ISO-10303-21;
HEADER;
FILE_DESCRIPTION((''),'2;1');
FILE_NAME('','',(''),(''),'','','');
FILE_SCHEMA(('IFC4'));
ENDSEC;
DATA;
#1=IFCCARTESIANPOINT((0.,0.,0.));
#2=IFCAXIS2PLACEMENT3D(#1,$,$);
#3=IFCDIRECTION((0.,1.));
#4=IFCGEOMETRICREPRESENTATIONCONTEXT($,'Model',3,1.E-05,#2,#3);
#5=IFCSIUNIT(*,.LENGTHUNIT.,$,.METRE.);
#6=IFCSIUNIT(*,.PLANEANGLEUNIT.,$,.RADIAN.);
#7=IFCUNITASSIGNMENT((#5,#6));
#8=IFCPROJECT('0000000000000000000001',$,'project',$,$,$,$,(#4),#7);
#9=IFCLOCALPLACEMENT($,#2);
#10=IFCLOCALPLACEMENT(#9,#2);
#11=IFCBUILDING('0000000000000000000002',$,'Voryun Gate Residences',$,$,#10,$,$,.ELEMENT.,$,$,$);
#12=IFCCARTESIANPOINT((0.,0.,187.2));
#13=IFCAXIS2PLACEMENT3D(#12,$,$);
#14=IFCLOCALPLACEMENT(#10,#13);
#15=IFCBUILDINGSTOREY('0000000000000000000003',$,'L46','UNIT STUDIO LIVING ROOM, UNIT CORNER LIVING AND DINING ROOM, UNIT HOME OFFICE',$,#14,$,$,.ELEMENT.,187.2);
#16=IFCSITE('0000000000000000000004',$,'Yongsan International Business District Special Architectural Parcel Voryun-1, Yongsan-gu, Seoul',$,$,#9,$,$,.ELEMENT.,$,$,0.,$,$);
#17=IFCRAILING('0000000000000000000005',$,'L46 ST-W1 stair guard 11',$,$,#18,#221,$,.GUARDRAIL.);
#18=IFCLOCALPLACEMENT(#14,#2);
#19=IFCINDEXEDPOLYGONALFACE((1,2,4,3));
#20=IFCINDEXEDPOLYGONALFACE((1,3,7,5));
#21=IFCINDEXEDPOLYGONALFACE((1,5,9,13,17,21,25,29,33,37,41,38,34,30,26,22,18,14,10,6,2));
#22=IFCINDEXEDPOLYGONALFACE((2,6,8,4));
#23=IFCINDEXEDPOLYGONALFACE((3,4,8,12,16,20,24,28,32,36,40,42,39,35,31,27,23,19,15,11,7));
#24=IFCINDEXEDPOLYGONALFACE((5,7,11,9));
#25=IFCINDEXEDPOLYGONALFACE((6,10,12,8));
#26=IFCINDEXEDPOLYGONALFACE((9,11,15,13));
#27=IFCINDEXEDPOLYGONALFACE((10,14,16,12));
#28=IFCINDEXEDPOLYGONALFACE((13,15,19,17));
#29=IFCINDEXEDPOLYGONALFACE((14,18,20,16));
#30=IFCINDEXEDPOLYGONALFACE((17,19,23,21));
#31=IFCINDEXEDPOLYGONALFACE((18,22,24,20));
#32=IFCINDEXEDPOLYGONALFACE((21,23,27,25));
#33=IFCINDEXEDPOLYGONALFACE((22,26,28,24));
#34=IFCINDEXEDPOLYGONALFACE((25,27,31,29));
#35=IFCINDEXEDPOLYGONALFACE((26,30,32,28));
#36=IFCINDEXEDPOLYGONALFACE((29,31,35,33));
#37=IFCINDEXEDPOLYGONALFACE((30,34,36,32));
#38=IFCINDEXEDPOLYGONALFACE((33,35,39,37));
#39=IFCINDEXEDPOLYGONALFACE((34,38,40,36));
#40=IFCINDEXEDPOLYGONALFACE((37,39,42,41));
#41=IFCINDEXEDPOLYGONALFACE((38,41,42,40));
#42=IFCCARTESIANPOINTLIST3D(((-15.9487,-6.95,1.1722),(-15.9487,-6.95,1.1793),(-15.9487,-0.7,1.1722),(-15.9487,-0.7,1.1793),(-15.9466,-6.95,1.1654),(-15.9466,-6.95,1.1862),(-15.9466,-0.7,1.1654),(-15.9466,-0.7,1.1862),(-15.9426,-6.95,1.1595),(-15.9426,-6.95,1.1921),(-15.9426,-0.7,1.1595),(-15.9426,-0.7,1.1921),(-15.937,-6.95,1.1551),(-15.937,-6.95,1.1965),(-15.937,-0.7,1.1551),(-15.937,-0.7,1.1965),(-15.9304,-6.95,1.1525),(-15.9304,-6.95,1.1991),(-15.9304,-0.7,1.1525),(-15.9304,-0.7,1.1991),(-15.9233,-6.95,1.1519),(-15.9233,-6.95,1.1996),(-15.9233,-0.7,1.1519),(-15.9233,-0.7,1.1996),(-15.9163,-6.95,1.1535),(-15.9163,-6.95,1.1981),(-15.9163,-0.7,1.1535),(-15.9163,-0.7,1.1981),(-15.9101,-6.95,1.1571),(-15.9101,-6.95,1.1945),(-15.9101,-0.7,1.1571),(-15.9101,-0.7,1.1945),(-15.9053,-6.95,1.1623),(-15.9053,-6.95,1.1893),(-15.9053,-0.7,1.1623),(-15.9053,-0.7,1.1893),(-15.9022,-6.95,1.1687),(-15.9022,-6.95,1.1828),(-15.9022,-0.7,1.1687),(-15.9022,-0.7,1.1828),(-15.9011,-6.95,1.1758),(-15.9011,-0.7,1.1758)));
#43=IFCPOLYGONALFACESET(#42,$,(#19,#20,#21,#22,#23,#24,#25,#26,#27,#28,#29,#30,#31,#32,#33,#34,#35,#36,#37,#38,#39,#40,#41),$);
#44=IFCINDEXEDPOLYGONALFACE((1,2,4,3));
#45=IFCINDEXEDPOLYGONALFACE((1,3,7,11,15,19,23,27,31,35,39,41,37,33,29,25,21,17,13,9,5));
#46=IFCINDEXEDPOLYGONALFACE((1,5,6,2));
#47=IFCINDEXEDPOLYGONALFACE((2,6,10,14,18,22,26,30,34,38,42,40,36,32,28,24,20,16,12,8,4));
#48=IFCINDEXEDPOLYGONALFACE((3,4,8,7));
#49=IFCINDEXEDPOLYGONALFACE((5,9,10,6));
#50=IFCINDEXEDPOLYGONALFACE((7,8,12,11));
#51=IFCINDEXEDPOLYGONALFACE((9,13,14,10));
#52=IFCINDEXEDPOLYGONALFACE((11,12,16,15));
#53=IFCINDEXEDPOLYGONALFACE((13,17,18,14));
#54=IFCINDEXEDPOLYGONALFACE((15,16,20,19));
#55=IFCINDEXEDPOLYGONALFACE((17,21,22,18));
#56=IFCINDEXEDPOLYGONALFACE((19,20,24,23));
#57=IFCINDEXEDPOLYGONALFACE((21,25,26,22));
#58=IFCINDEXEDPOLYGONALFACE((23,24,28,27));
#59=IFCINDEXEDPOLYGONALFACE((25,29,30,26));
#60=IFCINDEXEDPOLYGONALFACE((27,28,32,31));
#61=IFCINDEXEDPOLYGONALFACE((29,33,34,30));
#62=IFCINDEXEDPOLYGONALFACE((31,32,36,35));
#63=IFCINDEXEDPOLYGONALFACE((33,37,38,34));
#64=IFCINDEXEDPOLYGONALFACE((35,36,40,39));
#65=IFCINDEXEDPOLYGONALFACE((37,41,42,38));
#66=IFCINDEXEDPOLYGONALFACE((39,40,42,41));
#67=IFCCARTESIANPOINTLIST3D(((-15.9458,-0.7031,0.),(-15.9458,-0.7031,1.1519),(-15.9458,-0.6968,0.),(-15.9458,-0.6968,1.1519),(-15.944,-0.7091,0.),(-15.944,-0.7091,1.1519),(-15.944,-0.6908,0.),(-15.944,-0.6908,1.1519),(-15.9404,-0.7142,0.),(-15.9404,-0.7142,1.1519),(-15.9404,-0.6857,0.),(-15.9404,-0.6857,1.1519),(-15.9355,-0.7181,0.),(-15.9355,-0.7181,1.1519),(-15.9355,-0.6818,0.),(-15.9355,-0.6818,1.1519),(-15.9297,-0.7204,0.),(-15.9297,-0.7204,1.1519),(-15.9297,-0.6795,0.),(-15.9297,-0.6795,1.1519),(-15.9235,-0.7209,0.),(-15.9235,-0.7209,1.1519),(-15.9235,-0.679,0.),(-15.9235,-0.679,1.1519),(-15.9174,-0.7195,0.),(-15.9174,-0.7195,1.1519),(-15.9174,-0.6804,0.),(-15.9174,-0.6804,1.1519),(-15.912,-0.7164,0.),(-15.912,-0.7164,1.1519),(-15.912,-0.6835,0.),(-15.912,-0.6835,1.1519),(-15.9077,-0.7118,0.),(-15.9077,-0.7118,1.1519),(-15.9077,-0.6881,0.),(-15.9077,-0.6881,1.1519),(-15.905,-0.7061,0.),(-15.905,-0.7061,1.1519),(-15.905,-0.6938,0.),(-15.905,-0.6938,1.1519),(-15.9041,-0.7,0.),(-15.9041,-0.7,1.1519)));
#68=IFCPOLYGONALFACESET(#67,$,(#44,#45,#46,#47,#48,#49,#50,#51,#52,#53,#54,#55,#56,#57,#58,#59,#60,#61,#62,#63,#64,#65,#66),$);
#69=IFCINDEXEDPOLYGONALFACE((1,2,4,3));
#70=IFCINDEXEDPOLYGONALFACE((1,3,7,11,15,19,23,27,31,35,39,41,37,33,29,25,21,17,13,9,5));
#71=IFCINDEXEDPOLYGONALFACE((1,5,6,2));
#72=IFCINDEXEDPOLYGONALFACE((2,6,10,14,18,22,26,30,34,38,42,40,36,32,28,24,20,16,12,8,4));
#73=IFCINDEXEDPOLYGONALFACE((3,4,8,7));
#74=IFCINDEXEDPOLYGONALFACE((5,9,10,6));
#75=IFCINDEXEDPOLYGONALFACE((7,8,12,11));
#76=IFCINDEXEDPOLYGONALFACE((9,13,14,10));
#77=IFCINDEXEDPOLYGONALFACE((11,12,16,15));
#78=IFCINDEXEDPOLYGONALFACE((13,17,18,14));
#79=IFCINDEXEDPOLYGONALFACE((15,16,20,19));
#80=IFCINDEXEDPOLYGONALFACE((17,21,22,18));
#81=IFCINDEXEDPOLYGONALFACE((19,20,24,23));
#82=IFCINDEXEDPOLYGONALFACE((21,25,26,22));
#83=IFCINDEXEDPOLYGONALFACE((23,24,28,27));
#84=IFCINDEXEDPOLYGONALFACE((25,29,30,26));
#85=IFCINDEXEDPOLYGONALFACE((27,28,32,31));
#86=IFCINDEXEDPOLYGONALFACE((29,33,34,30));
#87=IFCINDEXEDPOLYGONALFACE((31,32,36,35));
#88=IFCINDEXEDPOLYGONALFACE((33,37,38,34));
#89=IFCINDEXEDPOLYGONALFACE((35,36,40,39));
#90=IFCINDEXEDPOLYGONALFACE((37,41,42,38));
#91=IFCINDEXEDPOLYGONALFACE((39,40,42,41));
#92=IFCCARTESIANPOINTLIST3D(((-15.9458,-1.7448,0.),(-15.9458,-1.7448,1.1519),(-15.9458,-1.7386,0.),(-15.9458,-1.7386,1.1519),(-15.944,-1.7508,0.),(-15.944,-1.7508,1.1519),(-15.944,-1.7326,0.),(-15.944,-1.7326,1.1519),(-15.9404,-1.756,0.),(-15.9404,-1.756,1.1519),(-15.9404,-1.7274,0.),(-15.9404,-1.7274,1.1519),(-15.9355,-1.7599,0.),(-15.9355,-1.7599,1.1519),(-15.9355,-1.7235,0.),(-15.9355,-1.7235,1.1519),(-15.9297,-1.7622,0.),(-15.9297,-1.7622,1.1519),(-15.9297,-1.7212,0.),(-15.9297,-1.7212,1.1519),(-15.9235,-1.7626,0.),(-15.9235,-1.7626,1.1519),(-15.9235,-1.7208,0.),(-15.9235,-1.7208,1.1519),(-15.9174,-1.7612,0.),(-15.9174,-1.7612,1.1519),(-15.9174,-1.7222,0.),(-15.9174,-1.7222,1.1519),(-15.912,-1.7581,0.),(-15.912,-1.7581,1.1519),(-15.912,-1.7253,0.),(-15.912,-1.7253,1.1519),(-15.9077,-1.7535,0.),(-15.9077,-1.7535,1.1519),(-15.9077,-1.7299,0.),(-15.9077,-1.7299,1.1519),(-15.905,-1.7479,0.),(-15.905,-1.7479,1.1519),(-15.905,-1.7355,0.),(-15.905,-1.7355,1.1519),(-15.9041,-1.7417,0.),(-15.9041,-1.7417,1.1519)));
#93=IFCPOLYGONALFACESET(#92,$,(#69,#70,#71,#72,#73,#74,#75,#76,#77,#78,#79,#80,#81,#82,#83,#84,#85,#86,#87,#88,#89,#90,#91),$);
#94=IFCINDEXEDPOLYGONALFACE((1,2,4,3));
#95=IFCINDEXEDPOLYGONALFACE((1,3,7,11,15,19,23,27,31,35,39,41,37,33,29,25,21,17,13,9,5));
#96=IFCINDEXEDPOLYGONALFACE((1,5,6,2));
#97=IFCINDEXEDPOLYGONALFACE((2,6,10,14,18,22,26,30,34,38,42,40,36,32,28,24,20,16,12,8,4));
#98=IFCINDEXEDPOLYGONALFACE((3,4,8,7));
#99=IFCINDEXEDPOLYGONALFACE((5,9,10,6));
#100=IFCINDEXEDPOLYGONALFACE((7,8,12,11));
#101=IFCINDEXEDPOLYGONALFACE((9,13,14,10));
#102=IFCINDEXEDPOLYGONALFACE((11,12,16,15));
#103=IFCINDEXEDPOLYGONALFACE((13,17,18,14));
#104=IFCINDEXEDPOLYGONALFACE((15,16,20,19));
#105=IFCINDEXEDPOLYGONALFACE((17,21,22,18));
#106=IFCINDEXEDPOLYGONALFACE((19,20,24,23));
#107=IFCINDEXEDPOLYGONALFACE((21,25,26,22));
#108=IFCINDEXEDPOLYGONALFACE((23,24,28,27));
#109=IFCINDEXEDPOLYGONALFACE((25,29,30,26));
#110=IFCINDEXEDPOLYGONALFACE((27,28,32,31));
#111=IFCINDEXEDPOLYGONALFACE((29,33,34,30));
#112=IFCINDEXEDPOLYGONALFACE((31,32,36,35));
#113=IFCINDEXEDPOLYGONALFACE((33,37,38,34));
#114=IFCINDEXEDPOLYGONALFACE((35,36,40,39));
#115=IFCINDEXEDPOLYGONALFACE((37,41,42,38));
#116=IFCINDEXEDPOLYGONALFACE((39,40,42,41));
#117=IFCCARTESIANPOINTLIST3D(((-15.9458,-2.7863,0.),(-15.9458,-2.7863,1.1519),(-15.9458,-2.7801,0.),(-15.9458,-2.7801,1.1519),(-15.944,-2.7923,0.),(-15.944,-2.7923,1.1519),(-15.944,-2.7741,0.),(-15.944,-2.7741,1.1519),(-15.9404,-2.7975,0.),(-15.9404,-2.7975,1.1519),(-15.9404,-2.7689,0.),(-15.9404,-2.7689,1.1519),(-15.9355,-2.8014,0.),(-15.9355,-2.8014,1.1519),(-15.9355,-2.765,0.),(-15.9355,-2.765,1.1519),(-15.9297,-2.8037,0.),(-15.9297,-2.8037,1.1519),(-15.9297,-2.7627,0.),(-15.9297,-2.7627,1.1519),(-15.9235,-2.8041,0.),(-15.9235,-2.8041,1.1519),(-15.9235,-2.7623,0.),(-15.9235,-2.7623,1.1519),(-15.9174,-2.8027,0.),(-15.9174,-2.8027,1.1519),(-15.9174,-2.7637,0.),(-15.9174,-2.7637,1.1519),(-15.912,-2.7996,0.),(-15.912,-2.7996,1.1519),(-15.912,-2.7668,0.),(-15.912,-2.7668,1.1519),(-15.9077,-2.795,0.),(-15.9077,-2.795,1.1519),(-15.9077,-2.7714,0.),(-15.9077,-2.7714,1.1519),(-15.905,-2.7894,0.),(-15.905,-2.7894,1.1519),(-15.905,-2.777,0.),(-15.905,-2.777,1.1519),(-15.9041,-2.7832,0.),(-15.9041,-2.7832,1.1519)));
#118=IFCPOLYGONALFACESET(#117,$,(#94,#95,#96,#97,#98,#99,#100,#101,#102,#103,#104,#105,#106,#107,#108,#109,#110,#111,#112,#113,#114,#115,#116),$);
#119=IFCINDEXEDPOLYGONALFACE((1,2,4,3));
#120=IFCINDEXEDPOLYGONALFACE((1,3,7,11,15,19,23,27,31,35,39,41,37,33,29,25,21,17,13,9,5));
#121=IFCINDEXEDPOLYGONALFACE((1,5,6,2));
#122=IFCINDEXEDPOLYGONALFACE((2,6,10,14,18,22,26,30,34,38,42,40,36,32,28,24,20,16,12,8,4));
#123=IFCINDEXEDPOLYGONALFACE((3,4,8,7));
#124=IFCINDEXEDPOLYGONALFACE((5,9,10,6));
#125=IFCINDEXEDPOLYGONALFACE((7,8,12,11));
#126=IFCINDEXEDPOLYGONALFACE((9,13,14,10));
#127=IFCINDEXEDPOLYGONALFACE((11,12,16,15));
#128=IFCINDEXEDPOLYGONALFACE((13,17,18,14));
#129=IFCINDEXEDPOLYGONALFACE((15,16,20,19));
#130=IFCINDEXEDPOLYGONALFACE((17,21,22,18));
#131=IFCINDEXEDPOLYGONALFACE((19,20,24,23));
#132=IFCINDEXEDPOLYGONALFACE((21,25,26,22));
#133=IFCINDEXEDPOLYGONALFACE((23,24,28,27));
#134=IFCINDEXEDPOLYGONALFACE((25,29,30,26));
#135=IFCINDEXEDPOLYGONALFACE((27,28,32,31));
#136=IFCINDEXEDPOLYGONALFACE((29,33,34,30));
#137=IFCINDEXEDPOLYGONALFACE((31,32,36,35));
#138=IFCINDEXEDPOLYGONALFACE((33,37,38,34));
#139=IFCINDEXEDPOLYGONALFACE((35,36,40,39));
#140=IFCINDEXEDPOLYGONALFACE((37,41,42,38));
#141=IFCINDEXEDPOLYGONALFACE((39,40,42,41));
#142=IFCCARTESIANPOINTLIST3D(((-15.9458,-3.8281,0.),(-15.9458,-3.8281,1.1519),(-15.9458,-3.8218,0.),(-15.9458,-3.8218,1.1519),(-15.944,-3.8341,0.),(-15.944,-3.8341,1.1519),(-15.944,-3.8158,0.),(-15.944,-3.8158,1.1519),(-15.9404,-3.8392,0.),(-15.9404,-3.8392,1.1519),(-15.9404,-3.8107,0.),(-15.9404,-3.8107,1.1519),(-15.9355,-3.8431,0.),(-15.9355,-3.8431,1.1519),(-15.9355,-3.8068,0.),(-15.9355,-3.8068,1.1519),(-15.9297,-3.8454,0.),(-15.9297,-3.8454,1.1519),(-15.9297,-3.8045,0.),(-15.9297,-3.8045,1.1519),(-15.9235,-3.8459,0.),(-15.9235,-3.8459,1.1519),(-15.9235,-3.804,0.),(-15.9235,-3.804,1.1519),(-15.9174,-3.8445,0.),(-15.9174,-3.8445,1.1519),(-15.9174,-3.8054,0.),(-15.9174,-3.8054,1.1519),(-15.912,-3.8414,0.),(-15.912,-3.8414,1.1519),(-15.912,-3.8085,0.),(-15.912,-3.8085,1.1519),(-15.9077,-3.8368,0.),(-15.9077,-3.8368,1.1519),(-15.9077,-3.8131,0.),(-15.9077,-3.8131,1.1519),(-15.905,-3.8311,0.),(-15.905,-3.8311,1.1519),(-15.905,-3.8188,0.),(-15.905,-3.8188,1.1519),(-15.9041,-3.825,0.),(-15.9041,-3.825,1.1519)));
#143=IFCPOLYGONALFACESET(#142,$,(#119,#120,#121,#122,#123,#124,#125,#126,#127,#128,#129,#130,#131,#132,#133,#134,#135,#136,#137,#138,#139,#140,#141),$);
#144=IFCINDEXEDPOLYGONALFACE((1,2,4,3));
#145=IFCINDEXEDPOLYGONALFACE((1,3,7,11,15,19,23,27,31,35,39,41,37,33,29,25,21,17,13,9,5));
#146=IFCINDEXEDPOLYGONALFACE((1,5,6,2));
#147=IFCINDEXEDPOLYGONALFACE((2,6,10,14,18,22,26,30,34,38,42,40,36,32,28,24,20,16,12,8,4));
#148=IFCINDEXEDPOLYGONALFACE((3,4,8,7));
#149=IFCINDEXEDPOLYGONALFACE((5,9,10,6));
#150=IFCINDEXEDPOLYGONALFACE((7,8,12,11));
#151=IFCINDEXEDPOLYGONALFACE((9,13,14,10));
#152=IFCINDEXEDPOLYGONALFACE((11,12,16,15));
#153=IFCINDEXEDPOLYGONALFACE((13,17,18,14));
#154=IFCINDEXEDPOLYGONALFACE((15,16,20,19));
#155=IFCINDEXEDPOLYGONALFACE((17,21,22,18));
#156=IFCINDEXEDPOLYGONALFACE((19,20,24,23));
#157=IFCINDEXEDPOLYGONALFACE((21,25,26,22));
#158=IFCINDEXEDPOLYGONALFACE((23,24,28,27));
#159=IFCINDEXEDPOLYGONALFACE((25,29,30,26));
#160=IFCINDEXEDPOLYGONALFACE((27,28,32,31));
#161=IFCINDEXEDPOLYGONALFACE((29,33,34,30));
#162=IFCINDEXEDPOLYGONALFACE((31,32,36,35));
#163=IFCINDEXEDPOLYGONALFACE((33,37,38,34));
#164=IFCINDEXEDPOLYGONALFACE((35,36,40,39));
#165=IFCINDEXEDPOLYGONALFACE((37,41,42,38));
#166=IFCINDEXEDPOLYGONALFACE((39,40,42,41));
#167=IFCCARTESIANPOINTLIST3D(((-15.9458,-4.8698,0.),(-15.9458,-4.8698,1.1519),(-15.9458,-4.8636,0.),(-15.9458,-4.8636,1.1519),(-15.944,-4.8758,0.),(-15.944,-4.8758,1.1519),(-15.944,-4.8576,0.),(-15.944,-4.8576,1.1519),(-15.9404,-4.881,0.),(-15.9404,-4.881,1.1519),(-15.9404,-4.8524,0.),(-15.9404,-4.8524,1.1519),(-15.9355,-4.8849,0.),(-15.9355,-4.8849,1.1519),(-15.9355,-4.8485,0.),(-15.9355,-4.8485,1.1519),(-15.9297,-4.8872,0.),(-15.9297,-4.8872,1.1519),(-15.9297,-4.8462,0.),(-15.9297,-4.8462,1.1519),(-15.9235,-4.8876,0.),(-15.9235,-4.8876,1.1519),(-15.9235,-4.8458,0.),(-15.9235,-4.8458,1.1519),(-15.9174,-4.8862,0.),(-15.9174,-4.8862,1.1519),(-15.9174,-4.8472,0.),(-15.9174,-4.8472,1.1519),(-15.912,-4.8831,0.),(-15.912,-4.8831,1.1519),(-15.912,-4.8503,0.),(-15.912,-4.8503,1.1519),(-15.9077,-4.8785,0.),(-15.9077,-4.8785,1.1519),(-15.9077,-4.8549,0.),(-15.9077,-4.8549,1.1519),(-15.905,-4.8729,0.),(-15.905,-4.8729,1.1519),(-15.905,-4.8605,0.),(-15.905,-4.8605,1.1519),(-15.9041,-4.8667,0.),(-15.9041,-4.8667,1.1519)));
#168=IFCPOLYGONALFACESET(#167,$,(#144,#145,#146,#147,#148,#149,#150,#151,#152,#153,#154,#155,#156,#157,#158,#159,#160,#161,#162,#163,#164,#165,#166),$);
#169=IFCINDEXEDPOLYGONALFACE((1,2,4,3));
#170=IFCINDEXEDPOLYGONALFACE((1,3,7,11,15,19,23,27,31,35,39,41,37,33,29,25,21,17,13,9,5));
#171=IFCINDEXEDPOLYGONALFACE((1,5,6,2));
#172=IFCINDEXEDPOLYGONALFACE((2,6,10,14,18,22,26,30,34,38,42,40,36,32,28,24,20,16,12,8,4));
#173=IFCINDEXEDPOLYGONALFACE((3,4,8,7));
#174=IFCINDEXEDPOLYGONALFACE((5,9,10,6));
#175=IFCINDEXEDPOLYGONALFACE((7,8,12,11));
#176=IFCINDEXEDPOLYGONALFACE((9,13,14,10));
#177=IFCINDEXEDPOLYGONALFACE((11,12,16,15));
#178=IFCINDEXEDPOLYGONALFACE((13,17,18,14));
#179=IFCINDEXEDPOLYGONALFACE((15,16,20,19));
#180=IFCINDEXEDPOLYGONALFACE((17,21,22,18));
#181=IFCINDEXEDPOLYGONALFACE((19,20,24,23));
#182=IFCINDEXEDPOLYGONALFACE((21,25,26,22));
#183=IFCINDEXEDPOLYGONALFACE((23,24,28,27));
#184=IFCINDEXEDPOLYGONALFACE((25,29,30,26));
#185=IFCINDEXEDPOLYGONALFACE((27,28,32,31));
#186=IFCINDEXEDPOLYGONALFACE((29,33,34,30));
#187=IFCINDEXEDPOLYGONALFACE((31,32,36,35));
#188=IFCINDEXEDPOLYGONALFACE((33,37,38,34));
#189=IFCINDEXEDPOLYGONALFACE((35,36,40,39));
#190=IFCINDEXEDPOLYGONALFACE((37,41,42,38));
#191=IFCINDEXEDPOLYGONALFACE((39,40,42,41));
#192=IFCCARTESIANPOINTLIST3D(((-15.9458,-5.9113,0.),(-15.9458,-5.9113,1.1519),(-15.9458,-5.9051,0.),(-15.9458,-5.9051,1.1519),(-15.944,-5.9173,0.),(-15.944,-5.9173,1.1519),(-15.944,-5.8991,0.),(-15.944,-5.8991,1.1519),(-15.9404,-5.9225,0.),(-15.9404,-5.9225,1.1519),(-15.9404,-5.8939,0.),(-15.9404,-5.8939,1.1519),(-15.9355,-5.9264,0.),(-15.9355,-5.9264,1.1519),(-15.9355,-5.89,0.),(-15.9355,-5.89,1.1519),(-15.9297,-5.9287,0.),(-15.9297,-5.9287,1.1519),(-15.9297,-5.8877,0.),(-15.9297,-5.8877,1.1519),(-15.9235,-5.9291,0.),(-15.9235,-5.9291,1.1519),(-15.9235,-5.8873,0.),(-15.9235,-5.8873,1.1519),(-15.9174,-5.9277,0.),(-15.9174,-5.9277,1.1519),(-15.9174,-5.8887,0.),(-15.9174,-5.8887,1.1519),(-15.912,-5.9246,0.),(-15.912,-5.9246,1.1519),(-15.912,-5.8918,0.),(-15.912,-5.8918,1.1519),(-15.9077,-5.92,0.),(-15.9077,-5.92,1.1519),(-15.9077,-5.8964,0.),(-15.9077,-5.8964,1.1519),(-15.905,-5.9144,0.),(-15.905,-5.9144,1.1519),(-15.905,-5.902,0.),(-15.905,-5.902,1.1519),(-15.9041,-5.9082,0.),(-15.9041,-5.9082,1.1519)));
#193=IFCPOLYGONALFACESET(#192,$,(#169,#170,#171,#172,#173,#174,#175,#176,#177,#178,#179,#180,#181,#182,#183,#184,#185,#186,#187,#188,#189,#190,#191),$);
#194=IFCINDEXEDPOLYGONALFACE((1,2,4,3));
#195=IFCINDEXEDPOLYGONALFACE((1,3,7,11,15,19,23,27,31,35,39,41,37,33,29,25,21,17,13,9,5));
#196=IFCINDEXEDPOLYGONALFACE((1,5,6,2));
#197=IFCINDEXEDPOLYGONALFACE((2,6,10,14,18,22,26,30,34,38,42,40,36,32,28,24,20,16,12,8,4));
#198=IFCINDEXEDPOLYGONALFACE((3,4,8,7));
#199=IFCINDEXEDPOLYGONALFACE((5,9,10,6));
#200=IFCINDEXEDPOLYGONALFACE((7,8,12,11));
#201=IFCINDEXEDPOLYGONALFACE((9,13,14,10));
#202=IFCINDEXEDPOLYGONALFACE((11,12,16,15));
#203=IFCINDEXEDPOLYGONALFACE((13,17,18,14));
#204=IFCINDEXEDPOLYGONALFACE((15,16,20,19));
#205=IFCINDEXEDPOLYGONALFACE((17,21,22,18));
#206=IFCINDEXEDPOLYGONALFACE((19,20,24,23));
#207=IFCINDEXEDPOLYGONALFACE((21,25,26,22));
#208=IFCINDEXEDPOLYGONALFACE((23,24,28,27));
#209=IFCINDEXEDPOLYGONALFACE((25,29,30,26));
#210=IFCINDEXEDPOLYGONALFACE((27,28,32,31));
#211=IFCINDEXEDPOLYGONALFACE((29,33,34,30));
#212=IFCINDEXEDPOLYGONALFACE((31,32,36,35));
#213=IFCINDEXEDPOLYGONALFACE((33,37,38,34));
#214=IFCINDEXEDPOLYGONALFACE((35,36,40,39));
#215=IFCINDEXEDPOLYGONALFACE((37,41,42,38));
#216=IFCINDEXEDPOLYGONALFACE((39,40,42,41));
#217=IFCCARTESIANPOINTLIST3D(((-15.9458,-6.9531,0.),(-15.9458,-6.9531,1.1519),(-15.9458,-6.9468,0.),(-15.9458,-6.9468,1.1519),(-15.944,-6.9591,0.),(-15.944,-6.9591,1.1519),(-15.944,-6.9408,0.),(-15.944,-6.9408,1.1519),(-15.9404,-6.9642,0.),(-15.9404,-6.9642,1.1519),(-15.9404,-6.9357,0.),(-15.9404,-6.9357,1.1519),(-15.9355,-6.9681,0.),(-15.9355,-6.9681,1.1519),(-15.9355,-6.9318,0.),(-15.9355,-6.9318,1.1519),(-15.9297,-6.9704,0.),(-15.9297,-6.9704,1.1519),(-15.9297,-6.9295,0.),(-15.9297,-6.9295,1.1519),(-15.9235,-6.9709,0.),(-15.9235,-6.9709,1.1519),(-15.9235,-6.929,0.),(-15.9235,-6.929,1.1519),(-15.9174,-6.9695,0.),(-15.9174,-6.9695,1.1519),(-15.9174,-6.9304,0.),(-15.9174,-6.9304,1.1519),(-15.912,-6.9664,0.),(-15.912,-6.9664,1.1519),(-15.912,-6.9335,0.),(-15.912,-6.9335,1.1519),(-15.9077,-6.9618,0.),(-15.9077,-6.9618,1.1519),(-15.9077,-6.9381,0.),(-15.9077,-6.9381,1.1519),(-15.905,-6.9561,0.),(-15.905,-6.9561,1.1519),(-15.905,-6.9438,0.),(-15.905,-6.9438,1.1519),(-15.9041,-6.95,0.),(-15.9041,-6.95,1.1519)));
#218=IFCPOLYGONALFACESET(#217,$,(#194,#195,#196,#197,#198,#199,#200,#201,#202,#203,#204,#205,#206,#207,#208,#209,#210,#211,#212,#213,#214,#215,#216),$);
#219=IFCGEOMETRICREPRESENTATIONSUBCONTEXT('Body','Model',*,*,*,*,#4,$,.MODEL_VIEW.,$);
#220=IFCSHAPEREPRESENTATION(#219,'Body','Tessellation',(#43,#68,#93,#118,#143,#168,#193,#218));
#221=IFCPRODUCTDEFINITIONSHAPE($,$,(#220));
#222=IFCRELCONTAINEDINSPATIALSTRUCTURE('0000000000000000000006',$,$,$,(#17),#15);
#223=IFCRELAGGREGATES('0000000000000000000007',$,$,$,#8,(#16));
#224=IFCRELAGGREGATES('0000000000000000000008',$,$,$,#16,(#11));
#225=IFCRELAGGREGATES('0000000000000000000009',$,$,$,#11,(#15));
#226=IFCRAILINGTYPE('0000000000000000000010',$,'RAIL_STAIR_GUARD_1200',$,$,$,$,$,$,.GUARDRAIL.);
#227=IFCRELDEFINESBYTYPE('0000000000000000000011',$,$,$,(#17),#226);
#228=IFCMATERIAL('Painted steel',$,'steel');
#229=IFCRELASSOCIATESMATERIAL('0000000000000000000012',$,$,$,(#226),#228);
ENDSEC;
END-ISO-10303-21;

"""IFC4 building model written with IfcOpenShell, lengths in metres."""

from ifc_helpers import new_model, si_unit, direction, frame, origin, origin_2d, place, context, subcontext, project, spatial, circle, extrude, material, type_object, element, save


model = new_model("IFC4")

# Units and contexts
model_context = context("Model", 3, precision=1e-05, world=origin(), true_north=direction((0.0, 1.0)))
body_context = subcontext(model_context, "Body", "Model", "MODEL_VIEW")
ifc_project = project(units=[si_unit("LENGTHUNIT", "METRE"), si_unit("PLANEANGLEUNIT", "RADIAN")], contexts=[model_context])

# Site, building, storey
site_placement = place(None, origin())
site = spatial("IfcSite", under=ifc_project, at=site_placement, Name="Yongsan International Business District Special Architectural Parcel Voryun-1, Yongsan-gu, Seoul", CompositionType="ELEMENT", RefElevation=0.0)
building_placement = place(site_placement, origin())
building = spatial("IfcBuilding", under=site, at=building_placement, Name="Voryun Gate Residences", CompositionType="ELEMENT")
storey_placement = place(building_placement, frame((0.0, 0.0, 187.2)))
storey = spatial("IfcBuildingStorey", under=building, at=storey_placement, Name="L46", Description="UNIT STUDIO LIVING ROOM, UNIT CORNER LIVING AND DINING ROOM, UNIT HOME OFFICE", CompositionType="ELEMENT", Elevation=187.2)

# Railing
ifc_material_1 = material(Name="Painted steel", Category="steel")
railing_type = type_object("IfcRailingType", Name="RAIL_STAIR_GUARD_1200", PredefinedType="GUARDRAIL", material=ifc_material_1)
railing_1_placement = place(storey_placement, frame((-15.925, -0.7, 0.0)))
element("IfcRailing", 1, at=railing_1_placement, inside=storey, type_object=railing_type, Name="L46 ST-W1 stair guard 11", PredefinedType="GUARDRAIL", context=body_context, shape_type="SweptSolid", body=[
    extrude(circle(Radius=0.0239, at=origin_2d()), frame((0.0, 0.0, 1.1758), z_axis=(0.0, -1.0, 0.0), x_axis=(1.0, 0.0, 0.0)), (0.0, 0.0, 1.0), 6.25),
    extrude(circle(Radius=0.021, at=origin_2d()), origin(), (0.0, 0.0, 1.0), 1.1519),
    extrude(circle(Radius=0.021, at=origin_2d()), frame((0.0, -1.0417, 0.0)), (0.0, 0.0, 1.0), 1.1519),
    extrude(circle(Radius=0.021, at=origin_2d()), frame((0.0, -2.0833, 0.0)), (0.0, 0.0, 1.0), 1.1519),
    extrude(circle(Radius=0.021, at=origin_2d()), frame((0.0, -3.125, 0.0)), (0.0, 0.0, 1.0), 1.1519),
    extrude(circle(Radius=0.021, at=origin_2d()), frame((0.0, -4.1667, 0.0)), (0.0, 0.0, 1.0), 1.1519),
    extrude(circle(Radius=0.021, at=origin_2d()), frame((0.0, -5.2083, 0.0)), (0.0, 0.0, 1.0), 1.1519),
    extrude(circle(Radius=0.021, at=origin_2d()), frame((0.0, -6.25, 0.0)), (0.0, 0.0, 1.0), 1.1519),
])

save(model, "model.ifc")
